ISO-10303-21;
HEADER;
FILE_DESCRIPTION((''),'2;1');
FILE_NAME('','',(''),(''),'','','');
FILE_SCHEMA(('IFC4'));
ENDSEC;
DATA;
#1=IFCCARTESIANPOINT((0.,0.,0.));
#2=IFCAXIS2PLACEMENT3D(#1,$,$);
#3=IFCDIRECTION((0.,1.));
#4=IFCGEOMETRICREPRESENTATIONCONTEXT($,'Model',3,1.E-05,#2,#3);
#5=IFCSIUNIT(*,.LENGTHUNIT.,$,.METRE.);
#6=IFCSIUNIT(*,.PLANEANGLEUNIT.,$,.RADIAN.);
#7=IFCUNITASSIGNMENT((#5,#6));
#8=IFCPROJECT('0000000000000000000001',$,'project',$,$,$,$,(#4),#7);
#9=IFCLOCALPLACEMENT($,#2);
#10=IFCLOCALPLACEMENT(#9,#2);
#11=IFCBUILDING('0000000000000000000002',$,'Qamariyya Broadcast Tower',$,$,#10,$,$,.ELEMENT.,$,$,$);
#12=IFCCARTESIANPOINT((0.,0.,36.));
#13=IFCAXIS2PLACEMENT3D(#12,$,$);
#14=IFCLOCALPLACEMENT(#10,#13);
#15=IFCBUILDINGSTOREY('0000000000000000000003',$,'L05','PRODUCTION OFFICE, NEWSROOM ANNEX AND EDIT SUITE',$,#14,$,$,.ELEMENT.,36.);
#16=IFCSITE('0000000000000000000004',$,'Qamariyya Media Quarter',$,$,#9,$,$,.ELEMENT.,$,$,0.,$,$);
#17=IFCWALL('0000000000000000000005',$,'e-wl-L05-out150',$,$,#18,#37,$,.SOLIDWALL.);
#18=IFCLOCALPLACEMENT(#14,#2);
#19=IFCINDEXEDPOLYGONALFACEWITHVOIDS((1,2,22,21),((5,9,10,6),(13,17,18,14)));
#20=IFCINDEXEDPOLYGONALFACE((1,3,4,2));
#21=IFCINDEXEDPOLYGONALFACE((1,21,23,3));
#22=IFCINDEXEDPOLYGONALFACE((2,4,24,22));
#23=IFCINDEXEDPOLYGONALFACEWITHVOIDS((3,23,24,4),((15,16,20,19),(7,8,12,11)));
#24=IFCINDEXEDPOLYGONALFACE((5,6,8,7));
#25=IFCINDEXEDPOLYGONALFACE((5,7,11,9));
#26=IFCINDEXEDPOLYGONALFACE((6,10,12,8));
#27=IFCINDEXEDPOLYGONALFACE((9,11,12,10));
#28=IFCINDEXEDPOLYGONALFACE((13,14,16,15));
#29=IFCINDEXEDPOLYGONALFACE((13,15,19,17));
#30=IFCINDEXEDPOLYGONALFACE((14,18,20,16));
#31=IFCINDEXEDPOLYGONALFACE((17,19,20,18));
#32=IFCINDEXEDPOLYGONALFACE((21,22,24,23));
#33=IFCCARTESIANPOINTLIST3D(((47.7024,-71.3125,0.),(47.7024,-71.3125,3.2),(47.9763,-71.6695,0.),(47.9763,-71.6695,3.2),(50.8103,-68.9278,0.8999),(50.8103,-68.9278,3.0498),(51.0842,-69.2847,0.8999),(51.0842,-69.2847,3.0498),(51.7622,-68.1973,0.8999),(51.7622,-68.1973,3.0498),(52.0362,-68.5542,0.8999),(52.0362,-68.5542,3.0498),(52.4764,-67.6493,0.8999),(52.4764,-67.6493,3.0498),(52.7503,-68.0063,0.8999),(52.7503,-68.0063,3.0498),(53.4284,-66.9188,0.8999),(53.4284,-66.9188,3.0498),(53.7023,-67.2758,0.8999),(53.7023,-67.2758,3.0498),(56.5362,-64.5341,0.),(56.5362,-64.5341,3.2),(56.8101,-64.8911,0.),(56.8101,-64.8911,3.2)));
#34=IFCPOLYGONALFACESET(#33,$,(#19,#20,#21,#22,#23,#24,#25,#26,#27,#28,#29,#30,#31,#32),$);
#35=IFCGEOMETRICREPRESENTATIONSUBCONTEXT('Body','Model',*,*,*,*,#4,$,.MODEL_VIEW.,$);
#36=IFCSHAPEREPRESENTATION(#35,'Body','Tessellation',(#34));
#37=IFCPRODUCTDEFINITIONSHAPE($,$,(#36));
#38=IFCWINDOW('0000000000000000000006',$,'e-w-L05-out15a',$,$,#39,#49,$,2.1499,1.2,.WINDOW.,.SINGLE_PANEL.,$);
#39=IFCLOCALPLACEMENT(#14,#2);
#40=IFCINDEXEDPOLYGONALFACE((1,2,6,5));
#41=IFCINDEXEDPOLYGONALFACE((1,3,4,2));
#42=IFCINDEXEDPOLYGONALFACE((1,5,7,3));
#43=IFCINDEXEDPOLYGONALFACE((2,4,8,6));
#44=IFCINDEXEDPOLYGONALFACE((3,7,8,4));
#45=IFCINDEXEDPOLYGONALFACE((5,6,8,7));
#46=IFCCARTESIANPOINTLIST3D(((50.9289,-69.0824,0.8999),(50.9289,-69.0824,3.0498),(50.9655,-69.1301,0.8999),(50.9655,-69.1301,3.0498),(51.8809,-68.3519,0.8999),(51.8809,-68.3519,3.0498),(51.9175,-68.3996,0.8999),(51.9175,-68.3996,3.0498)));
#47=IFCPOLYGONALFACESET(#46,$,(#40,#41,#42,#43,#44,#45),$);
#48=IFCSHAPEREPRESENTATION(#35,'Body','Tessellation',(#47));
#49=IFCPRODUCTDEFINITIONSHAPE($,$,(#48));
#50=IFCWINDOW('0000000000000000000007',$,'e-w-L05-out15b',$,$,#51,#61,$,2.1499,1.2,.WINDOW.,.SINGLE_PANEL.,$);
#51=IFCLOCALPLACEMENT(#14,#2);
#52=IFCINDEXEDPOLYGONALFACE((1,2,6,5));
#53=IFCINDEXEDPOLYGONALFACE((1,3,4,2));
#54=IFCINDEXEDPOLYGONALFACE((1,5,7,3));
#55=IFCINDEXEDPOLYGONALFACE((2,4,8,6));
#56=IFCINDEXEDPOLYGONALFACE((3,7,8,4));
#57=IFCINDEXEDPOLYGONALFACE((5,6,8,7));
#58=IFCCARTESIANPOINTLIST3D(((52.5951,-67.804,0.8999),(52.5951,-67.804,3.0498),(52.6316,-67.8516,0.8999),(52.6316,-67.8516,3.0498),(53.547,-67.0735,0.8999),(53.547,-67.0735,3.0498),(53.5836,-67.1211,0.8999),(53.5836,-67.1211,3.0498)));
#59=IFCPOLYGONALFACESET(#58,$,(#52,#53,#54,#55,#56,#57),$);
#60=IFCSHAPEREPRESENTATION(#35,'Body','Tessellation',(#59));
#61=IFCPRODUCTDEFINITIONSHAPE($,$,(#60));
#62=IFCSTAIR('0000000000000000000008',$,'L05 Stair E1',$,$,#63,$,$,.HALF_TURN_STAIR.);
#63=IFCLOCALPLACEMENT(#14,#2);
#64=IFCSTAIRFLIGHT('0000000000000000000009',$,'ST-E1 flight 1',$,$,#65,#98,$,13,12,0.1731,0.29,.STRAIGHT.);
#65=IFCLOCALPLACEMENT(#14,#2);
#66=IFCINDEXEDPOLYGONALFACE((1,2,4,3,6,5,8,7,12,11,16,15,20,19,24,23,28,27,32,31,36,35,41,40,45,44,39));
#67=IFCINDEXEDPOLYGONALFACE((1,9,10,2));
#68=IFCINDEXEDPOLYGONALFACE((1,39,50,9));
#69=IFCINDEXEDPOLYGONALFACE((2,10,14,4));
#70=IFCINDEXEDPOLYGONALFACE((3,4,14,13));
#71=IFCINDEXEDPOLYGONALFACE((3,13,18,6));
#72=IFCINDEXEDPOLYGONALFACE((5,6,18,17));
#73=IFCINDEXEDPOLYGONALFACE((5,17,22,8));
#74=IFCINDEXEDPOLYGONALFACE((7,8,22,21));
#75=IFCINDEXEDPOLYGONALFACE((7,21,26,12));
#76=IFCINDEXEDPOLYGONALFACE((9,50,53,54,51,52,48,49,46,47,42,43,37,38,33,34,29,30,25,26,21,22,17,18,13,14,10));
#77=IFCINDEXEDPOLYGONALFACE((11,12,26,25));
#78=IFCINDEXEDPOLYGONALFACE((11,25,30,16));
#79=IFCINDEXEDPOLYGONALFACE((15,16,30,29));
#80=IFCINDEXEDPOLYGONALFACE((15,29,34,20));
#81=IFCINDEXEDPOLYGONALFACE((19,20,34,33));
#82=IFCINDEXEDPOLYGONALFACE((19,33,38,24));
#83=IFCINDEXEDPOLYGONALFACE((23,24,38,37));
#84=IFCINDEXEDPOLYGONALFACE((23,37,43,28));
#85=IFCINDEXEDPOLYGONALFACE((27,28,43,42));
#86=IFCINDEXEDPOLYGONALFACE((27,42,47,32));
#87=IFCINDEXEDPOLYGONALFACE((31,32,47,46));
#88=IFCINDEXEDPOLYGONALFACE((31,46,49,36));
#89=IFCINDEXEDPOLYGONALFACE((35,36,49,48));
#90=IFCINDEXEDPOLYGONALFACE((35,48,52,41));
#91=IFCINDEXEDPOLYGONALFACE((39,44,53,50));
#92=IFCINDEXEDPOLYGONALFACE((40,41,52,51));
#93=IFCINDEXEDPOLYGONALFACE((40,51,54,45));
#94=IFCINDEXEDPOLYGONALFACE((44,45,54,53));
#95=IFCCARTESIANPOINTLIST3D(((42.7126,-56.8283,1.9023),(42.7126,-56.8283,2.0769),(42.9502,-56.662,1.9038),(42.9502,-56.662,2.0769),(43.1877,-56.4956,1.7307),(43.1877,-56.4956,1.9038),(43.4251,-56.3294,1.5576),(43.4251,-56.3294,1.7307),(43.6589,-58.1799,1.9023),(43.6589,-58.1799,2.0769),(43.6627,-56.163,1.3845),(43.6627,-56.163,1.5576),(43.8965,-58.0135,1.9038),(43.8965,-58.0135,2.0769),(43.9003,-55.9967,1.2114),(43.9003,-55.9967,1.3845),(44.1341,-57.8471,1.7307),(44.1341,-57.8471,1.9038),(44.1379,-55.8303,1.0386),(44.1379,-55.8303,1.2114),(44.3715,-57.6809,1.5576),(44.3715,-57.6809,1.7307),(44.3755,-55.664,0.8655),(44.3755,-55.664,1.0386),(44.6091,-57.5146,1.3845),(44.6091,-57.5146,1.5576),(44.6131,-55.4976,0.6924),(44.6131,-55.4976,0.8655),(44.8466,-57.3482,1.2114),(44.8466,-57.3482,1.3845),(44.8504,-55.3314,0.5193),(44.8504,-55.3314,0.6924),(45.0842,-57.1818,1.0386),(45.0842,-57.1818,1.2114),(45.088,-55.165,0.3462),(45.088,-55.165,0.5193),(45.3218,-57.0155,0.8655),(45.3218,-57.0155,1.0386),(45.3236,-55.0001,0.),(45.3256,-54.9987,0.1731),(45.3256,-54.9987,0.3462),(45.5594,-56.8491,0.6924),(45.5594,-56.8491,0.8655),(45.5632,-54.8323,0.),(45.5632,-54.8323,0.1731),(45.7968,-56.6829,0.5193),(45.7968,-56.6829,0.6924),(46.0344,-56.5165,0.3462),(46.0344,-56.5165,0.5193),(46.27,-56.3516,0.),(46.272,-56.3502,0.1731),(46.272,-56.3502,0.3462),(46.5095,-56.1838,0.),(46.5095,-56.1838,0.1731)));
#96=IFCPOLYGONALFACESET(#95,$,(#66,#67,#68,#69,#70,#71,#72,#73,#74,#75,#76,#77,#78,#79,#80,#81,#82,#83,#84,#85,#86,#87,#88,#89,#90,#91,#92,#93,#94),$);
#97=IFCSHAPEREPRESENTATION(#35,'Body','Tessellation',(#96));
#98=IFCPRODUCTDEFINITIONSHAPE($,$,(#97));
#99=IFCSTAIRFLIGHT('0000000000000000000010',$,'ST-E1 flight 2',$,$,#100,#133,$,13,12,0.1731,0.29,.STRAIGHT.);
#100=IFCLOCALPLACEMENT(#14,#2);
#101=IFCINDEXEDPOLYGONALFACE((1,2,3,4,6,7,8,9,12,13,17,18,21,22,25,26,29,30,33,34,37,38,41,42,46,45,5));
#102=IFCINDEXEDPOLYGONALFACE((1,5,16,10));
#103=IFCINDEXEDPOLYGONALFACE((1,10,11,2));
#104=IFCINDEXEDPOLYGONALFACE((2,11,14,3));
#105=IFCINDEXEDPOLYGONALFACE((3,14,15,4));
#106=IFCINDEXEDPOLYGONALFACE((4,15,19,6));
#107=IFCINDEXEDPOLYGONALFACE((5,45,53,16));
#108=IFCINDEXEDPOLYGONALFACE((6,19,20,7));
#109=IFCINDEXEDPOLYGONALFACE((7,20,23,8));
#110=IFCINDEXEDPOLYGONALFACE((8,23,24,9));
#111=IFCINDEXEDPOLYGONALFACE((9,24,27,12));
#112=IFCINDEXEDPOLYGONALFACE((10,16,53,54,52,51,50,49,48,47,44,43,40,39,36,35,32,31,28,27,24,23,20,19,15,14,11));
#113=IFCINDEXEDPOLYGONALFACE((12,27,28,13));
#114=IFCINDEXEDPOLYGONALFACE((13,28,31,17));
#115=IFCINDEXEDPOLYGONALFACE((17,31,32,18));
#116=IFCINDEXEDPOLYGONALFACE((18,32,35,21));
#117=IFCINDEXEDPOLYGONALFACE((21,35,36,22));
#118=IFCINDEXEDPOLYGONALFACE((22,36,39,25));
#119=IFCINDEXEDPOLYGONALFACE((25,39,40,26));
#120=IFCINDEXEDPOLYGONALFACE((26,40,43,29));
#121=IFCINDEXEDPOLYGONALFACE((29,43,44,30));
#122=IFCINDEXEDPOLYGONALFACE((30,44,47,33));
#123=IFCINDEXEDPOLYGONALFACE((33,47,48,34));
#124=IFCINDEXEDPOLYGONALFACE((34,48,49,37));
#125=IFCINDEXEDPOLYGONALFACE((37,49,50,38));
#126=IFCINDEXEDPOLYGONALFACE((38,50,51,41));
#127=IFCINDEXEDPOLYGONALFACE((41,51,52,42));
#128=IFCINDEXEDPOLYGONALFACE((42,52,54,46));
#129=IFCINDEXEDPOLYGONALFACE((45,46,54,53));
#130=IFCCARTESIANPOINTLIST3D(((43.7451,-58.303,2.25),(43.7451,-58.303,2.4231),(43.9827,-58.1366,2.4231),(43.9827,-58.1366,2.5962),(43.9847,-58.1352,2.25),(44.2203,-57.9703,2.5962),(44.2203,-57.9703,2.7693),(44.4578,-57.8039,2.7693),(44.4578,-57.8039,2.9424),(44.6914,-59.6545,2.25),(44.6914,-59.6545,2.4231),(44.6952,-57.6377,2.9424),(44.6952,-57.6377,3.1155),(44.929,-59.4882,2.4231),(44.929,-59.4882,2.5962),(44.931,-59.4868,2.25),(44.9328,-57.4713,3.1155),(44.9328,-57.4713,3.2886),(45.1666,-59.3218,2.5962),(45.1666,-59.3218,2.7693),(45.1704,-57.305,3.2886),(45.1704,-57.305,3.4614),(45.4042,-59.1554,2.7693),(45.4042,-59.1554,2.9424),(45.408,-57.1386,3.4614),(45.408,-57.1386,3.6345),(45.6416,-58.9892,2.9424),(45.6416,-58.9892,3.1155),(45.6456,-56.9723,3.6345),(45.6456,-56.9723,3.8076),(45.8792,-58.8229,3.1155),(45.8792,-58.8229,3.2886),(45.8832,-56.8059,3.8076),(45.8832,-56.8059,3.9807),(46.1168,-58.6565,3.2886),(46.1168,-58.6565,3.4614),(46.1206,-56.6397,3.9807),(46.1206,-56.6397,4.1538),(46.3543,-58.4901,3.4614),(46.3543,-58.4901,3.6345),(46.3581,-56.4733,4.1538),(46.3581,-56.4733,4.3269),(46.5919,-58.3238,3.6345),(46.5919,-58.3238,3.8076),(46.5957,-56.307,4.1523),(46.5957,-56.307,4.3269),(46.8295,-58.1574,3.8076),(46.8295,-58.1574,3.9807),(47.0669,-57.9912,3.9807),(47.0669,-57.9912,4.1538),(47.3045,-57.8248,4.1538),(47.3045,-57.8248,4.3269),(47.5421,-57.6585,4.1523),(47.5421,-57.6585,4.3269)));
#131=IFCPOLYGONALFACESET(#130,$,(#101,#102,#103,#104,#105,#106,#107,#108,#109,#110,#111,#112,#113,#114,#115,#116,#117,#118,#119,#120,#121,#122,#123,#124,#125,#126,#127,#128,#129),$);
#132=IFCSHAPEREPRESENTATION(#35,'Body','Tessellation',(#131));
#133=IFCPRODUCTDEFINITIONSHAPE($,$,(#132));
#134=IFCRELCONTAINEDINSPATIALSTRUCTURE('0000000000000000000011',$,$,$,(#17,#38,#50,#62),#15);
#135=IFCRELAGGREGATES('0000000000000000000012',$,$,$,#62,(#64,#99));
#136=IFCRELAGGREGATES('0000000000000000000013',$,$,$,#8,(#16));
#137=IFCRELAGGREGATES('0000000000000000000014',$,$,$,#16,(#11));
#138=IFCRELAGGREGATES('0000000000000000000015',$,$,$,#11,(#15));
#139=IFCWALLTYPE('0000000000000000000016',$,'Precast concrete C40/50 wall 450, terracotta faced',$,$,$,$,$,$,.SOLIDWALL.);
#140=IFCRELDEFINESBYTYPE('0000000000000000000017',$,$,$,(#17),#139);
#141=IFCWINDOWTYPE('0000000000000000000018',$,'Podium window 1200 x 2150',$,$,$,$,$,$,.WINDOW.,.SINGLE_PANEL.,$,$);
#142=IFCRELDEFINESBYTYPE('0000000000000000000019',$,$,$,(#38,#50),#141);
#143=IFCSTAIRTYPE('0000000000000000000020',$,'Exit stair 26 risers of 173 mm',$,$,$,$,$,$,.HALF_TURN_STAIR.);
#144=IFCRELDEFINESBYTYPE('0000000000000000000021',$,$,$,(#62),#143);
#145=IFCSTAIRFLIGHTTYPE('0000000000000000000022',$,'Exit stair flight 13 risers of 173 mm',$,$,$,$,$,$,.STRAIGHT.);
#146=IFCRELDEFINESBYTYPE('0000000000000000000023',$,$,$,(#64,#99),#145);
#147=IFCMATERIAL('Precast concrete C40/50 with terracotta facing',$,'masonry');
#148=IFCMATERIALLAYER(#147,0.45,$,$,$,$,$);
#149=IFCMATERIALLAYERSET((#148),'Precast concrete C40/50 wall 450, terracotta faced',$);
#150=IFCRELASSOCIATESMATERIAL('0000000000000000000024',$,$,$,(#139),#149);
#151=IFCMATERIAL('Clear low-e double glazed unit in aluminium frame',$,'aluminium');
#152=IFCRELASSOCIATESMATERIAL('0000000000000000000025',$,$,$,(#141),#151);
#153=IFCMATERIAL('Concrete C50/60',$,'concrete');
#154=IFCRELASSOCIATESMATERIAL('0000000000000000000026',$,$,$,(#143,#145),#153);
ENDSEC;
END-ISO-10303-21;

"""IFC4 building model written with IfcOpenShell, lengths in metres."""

from ifc_helpers import new_model, si_unit, direction, frame, frame_2d, origin, place, context, subcontext, project, spatial, polyline, rectangle, outline, extrude, material, layer, layer_set, type_object, element, fill, aggregate, save


model = new_model("IFC4")

# Units and contexts
model_context = context("Model", 3, precision=1e-05, world=origin(), true_north=direction((0.0, 1.0)))
body_context = subcontext(model_context, "Body", "Model", "MODEL_VIEW")
ifc_project = project(units=[si_unit("LENGTHUNIT", "METRE"), si_unit("PLANEANGLEUNIT", "RADIAN")], contexts=[model_context])

# Site, building, storey
site_placement = place(None, origin())
site = spatial("IfcSite", under=ifc_project, at=site_placement, Name="Qamariyya Media Quarter", CompositionType="ELEMENT", RefElevation=0.0)
building_placement = place(site_placement, origin())
building = spatial("IfcBuilding", under=site, at=building_placement, Name="Qamariyya Broadcast Tower", CompositionType="ELEMENT")
storey_placement = place(building_placement, frame((0.0, 0.0, 36.0)))
storey = spatial("IfcBuildingStorey", under=building, at=storey_placement, Name="L05", Description="PRODUCTION OFFICE, NEWSROOM ANNEX AND EDIT SUITE", CompositionType="ELEMENT", Elevation=36.0)

# Shared definitions
ifc_material_1 = material(Name="Concrete C50/60", Category="concrete")

# Wall, openings, windows
ifc_material_2 = material(Name="Precast concrete C40/50 with terracotta facing", Category="masonry")
ifc_layer_1 = layer(ifc_material_2, 0.45)
ifc_layer_set_1 = layer_set([ifc_layer_1], Name="Precast concrete C40/50 wall 450, terracotta faced")
wall_type_1 = type_object("IfcWallType", Name="Precast concrete C40/50 wall 450, terracotta faced", PredefinedType="SOLIDWALL", material=ifc_layer_set_1)
wall_1_placement = place(storey_placement, frame((47.8394, -71.491, 0.0), z_axis=(0.0, 0.0, 1.0), x_axis=(0.793355, 0.608759, 0.0)))
wall_1 = element("IfcWall", 1, at=wall_1_placement, inside=storey, type_object=wall_type_1, Name="e-wl-L05-out150", PredefinedType="SOLIDWALL", context=body_context, shape_type="SweptSolid", body=[
    extrude(rectangle(XDim=11.1348, YDim=0.45, at=frame_2d((5.5674, 0.0))), origin(), (0.0, 0.0, 1.0), 3.2),
])
opening_1_placement = place(wall_1_placement, frame((3.9172, 0.0, 0.8999)))
opening_1 = element("IfcOpeningElement", 2, at=opening_1_placement, cuts=wall_1, PredefinedType="OPENING", context=body_context, shape_type="SweptSolid", body=[
    extrude(rectangle(XDim=1.2, YDim=2.1499, at=frame_2d((0.6001, 1.075))), frame((0.0, 0.2349, 0.0), z_axis=(0.0, -1.0, 0.0), x_axis=(1.0, 0.0, 0.0)), (0.0, 0.0, 1.0), 0.47),
])
opening_2_placement = place(wall_1_placement, frame((6.0173, 0.0, 0.8999)))
opening_2 = element("IfcOpeningElement", 3, at=opening_2_placement, cuts=wall_1, PredefinedType="OPENING", context=body_context, shape_type="SweptSolid", body=[
    extrude(rectangle(XDim=1.2, YDim=2.1499, at=frame_2d((0.6001, 1.075))), frame((0.0, 0.2349, 0.0), z_axis=(0.0, -1.0, 0.0), x_axis=(1.0, 0.0, 0.0)), (0.0, 0.0, 1.0), 0.47),
])
ifc_material_3 = material(Name="Clear low-e double glazed unit in aluminium frame", Category="aluminium")
window_type = type_object("IfcWindowType", Name="Podium window 1200 x 2150", PartitioningType="SINGLE_PANEL", PredefinedType="WINDOW", material=ifc_material_3)
window_1_placement = place(opening_1_placement, origin())
window_1 = element("IfcWindow", 4, at=window_1_placement, inside=storey, type_object=window_type, Name="e-w-L05-out15a", OverallHeight=2.1499, OverallWidth=1.2, PartitioningType="SINGLE_PANEL", PredefinedType="WINDOW", context=body_context, shape_type="SweptSolid", body=[
    extrude(rectangle(XDim=1.2, YDim=2.1499, at=frame_2d((0.6001, 1.075))), frame((0.0, 0.03, 0.0), z_axis=(0.0, -1.0, 0.0), x_axis=(1.0, 0.0, 0.0)), (0.0, 0.0, 1.0), 0.0601),
])
fill(opening_1, window_1)
window_2_placement = place(opening_2_placement, origin())
window_2 = element("IfcWindow", 5, at=window_2_placement, inside=storey, type_object=window_type, Name="e-w-L05-out15b", OverallHeight=2.1499, OverallWidth=1.2, PartitioningType="SINGLE_PANEL", PredefinedType="WINDOW", context=body_context, shape_type="SweptSolid", body=[
    extrude(rectangle(XDim=1.2, YDim=2.1499, at=frame_2d((0.6001, 1.075))), frame((0.0, 0.03, 0.0), z_axis=(0.0, -1.0, 0.0), x_axis=(1.0, 0.0, 0.0)), (0.0, 0.0, 1.0), 0.0601),
])
fill(opening_2, window_2)

# Stair, stair flights
stair_type = type_object("IfcStairType", Name="Exit stair 26 risers of 173 mm", PredefinedType="HALF_TURN_STAIR", material=ifc_material_1)
stair_placement = place(storey_placement, origin())
stair = element("IfcStair", 6, at=stair_placement, inside=storey, type_object=stair_type, Name="L05 Stair E1", PredefinedType="HALF_TURN_STAIR")
stair_flight_type = type_object("IfcStairFlightType", Name="Exit stair flight 13 risers of 173 mm", PredefinedType="STRAIGHT", material=ifc_material_1)
stair_flight_1_placement = place(storey_placement, frame((46.0364, -55.5081, 0.0), z_axis=(0.0, 0.0, 1.0), x_axis=(-0.819152, -0.573576, 0.0)))
stair_flight_1 = element("IfcStairFlight", 7, at=stair_flight_1_placement, type_object=stair_flight_type, Name="ST-E1 flight 1", NumberOfRisers=13, NumberOfTreads=12, PredefinedType="STRAIGHT", RiserHeight=0.1731, TreadLength=0.29, context=body_context, shape_type="SweptSolid", body=[
    extrude(outline(polyline([(0.0, 0.0), (0.0, 0.1731), (0.29, 0.1731), (0.29, 0.3462), (0.5801, 0.3462), (0.5801, 0.5193), (0.8701, 0.5193), (0.8701, 0.6924), (1.1599, 0.6924), (1.1599, 0.8655), (1.45, 0.8655), (1.45, 1.0386), (1.74, 1.0386), (1.74, 1.2114), (2.03, 1.2114), (2.03, 1.3845), (2.3201, 1.3845), (2.3201, 1.5576), (2.6101, 1.5576), (2.6101, 1.7307), (2.8999, 1.7307), (2.8999, 1.9038), (3.1899, 1.9038), (3.1899, 2.0769), (3.48, 2.0769), (3.48, 2.25), (3.48, 1.9023), (0.2925, 0.0), (0.0, 0.0)])), frame((0.0, 0.825, 0.0), z_axis=(0.0, -1.0, 0.0), x_axis=(1.0, 0.0, 0.0)), (0.0, 0.0, 1.0), 1.6499),
])
stair_flight_2_placement = place(storey_placement, frame((44.2183, -58.9788, 2.25), z_axis=(0.0, 0.0, 1.0), x_axis=(0.819152, 0.573576, 0.0)))
stair_flight_2 = element("IfcStairFlight", 8, at=stair_flight_2_placement, type_object=stair_flight_type, Name="ST-E1 flight 2", NumberOfRisers=13, NumberOfTreads=12, PredefinedType="STRAIGHT", RiserHeight=0.1731, TreadLength=0.29, context=body_context, shape_type="SweptSolid", body=[
    extrude(outline(polyline([(0.0, 0.0), (0.0, 0.1731), (0.29, 0.1731), (0.29, 0.3462), (0.5801, 0.3462), (0.5801, 0.5193), (0.8701, 0.5193), (0.8701, 0.6924), (1.1599, 0.6924), (1.1599, 0.8655), (1.45, 0.8655), (1.45, 1.0386), (1.74, 1.0386), (1.74, 1.2114), (2.03, 1.2114), (2.03, 1.3845), (2.3201, 1.3845), (2.3201, 1.5576), (2.6101, 1.5576), (2.6101, 1.7307), (2.8999, 1.7307), (2.8999, 1.9038), (3.1899, 1.9038), (3.1899, 2.0769), (3.48, 2.0769), (3.48, 2.25), (3.48, 1.9023), (0.2925, 0.0), (0.0, 0.0)])), frame((0.0, 0.825, 0.0), z_axis=(0.0, -1.0, 0.0), x_axis=(1.0, 0.0, 0.0)), (0.0, 0.0, 1.0), 1.6499),
])
aggregate(stair, [stair_flight_1, stair_flight_2])

save(model, "model.ifc")
